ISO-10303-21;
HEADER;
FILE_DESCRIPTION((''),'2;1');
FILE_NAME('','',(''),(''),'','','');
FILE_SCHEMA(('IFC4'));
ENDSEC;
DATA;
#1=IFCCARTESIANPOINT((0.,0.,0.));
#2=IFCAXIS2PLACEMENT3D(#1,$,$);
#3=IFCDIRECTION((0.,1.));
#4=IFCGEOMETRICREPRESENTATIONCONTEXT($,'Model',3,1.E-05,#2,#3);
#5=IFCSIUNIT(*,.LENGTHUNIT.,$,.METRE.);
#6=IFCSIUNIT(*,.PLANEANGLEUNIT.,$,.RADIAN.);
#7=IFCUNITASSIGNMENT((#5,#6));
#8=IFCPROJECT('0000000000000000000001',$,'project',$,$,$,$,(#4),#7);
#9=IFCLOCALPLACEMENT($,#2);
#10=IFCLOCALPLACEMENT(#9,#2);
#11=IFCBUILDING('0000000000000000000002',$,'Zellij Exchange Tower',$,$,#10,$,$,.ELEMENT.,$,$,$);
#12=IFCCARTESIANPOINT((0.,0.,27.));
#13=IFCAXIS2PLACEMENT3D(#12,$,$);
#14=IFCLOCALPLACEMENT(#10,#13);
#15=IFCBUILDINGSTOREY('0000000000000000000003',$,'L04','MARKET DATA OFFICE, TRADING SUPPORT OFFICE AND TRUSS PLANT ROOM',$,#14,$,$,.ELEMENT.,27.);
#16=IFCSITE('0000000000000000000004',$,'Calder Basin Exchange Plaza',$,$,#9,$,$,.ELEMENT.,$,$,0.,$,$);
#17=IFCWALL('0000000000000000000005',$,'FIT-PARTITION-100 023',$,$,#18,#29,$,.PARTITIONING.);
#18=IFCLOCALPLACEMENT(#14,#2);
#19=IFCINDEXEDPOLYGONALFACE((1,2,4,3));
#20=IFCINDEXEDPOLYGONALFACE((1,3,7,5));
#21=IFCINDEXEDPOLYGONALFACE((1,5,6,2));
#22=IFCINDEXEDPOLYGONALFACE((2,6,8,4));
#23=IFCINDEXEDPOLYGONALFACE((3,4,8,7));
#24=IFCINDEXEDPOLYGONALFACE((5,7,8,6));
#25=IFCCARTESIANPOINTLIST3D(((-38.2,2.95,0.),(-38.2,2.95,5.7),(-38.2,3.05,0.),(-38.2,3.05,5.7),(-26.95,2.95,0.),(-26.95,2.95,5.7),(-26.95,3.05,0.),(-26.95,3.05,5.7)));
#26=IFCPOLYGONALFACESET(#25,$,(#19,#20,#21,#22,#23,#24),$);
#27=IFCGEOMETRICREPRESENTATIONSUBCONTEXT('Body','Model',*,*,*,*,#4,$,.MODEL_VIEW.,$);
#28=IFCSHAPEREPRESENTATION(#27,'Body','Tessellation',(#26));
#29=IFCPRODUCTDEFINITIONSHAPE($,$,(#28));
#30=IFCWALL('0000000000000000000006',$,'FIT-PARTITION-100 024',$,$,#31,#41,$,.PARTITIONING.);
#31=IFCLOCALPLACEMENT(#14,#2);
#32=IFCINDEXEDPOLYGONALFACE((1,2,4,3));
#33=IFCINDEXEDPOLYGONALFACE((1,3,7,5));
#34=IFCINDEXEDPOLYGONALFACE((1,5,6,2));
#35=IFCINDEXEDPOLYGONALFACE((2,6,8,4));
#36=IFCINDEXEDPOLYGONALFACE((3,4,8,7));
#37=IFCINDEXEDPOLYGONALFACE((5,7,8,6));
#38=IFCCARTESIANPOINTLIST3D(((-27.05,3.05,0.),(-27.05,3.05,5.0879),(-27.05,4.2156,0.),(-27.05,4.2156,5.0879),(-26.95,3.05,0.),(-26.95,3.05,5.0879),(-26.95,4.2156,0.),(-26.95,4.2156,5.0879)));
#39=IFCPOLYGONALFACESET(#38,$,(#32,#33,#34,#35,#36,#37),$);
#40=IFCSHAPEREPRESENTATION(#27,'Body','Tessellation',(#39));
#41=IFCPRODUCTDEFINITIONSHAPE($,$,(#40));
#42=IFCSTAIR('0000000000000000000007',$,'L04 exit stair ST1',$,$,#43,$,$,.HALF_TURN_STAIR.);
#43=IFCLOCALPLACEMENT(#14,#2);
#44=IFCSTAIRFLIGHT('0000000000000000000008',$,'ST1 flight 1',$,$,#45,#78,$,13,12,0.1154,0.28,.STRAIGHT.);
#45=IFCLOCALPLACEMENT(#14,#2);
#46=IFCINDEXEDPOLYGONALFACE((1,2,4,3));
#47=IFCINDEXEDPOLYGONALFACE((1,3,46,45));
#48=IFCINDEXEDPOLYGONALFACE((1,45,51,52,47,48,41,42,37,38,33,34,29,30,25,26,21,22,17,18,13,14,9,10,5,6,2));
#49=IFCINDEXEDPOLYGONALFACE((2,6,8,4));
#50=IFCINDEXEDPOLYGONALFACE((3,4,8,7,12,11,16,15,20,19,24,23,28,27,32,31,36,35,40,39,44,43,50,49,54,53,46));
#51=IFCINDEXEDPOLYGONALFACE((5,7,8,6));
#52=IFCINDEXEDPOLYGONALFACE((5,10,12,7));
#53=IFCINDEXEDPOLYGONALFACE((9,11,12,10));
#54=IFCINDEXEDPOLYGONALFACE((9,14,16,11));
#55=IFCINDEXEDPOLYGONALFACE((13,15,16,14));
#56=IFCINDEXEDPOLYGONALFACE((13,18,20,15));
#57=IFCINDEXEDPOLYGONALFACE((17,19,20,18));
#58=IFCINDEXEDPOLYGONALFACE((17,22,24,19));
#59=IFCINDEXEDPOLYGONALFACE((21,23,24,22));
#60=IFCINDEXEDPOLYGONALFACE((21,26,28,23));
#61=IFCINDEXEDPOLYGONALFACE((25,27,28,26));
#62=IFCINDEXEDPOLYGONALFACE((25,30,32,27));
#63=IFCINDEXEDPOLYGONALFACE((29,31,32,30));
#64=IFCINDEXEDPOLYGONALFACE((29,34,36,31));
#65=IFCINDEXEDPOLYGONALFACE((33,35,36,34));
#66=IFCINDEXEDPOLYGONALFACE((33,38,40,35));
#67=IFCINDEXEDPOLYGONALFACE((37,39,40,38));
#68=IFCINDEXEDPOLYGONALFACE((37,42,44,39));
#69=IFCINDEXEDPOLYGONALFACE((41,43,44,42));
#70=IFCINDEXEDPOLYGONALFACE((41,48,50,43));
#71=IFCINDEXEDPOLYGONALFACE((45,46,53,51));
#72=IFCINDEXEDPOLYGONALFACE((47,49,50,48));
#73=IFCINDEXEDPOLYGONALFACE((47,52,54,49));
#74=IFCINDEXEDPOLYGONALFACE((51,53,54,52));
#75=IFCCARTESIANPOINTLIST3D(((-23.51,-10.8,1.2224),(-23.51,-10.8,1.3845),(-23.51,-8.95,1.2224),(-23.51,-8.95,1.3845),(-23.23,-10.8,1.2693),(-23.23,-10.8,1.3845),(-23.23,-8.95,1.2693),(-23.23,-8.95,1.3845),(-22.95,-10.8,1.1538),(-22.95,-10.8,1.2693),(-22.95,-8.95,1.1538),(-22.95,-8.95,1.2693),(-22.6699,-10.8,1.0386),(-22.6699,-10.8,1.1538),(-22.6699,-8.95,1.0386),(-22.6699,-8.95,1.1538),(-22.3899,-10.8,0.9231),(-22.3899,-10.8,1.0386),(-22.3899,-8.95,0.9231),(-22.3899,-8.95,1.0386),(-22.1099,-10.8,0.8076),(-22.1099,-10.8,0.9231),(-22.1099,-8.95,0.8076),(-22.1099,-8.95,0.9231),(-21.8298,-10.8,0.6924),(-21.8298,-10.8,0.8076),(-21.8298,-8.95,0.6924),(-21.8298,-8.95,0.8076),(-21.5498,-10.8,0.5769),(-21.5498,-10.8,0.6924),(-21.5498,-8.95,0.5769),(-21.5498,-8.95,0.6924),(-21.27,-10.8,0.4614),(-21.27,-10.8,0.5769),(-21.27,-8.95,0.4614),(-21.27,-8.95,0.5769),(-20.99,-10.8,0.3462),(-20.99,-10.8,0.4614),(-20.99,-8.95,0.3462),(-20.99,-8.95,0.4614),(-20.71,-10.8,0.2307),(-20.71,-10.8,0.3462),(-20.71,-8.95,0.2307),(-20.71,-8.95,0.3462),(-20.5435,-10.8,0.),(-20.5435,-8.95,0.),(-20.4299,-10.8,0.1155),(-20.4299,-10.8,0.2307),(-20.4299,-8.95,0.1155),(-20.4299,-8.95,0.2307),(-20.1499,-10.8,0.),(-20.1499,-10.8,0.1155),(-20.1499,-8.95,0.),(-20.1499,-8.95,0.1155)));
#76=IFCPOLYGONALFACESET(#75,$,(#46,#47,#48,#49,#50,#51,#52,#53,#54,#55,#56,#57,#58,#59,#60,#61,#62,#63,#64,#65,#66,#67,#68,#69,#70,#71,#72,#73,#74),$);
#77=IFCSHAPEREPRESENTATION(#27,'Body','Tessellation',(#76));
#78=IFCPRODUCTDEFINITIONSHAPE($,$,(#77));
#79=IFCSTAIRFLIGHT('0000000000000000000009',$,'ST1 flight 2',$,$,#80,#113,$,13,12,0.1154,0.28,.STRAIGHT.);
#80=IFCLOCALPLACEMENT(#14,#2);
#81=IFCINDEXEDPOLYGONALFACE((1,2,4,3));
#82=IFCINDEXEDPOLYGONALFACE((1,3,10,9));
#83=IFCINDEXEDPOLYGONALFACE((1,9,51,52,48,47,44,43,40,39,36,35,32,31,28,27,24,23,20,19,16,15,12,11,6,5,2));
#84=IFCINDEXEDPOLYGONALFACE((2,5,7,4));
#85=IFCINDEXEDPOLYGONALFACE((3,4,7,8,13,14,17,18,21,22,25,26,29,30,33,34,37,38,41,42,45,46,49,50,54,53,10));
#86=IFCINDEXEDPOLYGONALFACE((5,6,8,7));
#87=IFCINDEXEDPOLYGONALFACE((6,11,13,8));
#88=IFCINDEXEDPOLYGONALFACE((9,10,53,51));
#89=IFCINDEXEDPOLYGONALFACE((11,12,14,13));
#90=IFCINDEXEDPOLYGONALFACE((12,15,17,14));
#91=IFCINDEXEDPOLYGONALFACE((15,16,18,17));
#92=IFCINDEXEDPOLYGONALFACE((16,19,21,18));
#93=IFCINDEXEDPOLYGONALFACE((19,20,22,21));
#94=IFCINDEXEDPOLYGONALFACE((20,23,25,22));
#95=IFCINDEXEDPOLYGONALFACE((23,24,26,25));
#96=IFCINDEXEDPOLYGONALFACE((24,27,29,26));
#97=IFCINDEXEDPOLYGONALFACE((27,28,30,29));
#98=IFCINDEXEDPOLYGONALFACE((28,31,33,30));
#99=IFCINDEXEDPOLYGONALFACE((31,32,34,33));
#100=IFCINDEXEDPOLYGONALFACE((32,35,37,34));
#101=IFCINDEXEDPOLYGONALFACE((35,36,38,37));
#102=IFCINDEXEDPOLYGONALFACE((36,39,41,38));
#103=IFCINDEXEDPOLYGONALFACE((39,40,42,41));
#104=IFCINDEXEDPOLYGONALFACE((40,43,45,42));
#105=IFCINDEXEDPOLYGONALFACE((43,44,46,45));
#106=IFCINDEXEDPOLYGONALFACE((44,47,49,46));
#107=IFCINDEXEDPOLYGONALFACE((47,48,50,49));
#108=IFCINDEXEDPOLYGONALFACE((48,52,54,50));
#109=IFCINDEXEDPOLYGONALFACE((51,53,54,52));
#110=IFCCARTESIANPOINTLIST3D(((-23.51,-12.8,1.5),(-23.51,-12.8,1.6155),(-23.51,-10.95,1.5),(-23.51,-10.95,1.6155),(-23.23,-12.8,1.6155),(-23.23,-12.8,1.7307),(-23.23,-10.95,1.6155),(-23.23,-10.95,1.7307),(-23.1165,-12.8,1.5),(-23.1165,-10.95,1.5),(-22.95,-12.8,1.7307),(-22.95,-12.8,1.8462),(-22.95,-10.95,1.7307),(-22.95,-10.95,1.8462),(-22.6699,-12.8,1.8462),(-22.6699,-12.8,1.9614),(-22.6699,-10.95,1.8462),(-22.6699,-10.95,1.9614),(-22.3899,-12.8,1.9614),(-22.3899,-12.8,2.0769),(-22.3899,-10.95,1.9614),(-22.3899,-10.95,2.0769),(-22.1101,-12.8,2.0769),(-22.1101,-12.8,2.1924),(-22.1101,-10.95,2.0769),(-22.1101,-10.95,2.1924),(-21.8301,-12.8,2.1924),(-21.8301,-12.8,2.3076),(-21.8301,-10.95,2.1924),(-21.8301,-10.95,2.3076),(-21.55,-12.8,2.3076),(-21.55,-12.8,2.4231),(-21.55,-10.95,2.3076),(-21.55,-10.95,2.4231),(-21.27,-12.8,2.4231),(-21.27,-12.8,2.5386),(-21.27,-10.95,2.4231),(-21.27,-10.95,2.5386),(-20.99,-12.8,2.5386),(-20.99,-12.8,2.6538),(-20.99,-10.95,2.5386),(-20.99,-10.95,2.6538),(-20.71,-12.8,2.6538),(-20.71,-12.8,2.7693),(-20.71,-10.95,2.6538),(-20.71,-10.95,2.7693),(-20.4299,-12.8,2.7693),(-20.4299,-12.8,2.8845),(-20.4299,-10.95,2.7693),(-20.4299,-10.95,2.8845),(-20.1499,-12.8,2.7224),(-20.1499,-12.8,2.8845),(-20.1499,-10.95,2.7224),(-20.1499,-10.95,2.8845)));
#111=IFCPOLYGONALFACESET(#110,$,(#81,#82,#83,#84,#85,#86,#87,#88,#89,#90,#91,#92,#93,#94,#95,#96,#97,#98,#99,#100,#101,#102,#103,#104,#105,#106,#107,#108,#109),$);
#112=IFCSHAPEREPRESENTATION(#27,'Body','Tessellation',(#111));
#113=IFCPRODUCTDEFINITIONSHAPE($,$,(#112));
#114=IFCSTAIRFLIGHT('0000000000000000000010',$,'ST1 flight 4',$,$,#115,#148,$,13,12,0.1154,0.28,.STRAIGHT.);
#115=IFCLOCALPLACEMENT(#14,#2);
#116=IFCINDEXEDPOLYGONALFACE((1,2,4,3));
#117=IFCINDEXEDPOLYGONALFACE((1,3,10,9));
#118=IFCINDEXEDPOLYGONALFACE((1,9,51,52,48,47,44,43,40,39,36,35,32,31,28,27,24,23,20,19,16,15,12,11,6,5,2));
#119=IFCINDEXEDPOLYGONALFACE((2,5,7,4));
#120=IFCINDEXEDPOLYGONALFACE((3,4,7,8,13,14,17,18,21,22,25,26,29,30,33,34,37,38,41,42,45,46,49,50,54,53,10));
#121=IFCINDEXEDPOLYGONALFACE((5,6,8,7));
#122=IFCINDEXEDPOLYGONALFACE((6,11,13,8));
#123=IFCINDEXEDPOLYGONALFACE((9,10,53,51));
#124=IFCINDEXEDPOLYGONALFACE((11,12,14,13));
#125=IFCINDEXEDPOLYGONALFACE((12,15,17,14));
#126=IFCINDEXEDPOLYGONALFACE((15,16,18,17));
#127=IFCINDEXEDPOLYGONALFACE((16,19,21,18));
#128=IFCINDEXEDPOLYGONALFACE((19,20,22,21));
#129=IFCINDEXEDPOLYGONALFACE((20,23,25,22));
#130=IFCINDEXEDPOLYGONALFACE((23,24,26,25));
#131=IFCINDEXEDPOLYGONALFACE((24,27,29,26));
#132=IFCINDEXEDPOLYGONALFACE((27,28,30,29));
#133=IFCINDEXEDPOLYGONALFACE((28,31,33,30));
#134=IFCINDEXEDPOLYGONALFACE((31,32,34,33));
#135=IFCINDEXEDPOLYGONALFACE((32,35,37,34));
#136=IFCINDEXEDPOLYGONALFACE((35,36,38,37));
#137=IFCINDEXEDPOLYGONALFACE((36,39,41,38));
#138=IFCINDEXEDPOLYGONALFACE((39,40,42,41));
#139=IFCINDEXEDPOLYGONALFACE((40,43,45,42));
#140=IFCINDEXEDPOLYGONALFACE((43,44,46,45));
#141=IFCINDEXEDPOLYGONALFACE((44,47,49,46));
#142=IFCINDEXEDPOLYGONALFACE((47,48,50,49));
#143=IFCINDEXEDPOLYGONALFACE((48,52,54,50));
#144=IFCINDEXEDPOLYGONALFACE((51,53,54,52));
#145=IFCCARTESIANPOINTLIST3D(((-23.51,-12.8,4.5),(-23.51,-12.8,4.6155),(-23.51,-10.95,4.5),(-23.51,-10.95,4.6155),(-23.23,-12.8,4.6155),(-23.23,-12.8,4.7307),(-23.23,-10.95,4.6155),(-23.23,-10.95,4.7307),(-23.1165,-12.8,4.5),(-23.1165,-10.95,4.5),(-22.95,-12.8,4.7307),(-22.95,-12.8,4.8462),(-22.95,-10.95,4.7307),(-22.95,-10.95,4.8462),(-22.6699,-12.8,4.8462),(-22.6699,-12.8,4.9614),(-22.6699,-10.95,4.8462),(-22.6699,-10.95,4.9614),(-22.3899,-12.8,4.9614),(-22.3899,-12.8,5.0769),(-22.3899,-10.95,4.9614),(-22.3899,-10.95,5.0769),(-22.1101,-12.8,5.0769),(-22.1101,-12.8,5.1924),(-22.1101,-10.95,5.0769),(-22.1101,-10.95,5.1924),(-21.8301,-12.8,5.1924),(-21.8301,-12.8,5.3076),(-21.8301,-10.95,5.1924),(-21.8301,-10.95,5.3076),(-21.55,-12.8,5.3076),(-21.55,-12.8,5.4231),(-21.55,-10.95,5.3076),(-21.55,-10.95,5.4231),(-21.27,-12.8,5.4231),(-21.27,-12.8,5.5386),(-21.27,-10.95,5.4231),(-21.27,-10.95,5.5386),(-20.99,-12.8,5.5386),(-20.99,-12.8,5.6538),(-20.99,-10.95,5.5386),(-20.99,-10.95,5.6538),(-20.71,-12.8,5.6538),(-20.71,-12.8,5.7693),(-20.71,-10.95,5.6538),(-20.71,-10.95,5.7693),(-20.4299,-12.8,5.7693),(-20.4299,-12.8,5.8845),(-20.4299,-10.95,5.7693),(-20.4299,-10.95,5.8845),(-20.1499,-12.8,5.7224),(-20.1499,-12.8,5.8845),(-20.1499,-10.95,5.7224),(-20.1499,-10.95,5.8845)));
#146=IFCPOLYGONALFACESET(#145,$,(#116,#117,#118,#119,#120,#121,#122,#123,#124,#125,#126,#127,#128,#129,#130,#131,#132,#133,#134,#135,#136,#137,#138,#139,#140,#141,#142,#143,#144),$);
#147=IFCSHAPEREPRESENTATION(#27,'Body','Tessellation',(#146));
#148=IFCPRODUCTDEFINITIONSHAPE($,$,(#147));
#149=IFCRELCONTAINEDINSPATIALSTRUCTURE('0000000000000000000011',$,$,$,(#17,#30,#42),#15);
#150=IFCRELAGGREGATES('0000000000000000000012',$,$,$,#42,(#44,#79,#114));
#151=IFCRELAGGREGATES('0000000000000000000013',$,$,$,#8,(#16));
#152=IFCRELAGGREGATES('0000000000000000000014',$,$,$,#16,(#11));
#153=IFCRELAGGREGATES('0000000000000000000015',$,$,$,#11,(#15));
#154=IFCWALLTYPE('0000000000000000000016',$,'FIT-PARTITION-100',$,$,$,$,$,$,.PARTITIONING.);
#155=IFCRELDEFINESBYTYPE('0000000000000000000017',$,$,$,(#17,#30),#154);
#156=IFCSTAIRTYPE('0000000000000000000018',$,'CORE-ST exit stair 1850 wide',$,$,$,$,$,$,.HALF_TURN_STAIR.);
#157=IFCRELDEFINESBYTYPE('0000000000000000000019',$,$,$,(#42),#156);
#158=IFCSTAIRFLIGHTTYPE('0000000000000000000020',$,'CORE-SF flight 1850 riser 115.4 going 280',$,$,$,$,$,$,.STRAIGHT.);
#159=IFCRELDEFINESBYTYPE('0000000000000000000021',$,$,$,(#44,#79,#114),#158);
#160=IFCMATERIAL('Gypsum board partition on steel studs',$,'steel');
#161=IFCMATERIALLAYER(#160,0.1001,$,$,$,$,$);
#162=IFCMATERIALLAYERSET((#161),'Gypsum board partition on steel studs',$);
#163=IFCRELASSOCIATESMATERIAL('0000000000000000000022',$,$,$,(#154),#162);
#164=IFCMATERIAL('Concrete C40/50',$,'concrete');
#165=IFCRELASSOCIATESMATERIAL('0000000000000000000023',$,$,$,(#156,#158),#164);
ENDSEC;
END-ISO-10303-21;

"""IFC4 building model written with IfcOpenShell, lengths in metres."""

from ifc_helpers import new_model, si_unit, direction, frame, frame_2d, origin, place, context, subcontext, project, spatial, polyline, rectangle, outline, extrude, material, layer, layer_set, type_object, element, aggregate, save


model = new_model("IFC4")

# Units and contexts
model_context = context("Model", 3, precision=1e-05, world=origin(), true_north=direction((0.0, 1.0)))
body_context = subcontext(model_context, "Body", "Model", "MODEL_VIEW")
ifc_project = project(units=[si_unit("LENGTHUNIT", "METRE"), si_unit("PLANEANGLEUNIT", "RADIAN")], contexts=[model_context])

# Site, building, storey
site_placement = place(None, origin())
site = spatial("IfcSite", under=ifc_project, at=site_placement, Name="Calder Basin Exchange Plaza", CompositionType="ELEMENT", RefElevation=0.0)
building_placement = place(site_placement, origin())
building = spatial("IfcBuilding", under=site, at=building_placement, Name="Zellij Exchange Tower", CompositionType="ELEMENT")
storey_placement = place(building_placement, frame((0.0, 0.0, 27.0)))
storey = spatial("IfcBuildingStorey", under=building, at=storey_placement, Name="L04", Description="MARKET DATA OFFICE, TRADING SUPPORT OFFICE AND TRUSS PLANT ROOM", CompositionType="ELEMENT", Elevation=27.0)

# Shared definitions
ifc_material_1 = material(Name="Gypsum board partition on steel studs", Category="steel")
ifc_layer_1 = layer(ifc_material_1, 0.1001)
ifc_layer_set_1 = layer_set([ifc_layer_1], Name="Gypsum board partition on steel studs")
wall_type_1 = type_object("IfcWallType", Name="FIT-PARTITION-100", PredefinedType="PARTITIONING", material=ifc_layer_set_1)

# Walls
wall_1_placement = place(storey_placement, frame((-38.2, 3.0, 0.0), z_axis=(0.0, 0.0, 1.0), x_axis=(1.0, 0.0, 0.0)))
element("IfcWall", 1, at=wall_1_placement, inside=storey, type_object=wall_type_1, Name="FIT-PARTITION-100 023", PredefinedType="PARTITIONING", context=body_context, shape_type="SweptSolid", body=[
    extrude(rectangle(XDim=11.25, YDim=0.1001, at=frame_2d((5.625, 0.0))), origin(), (0.0, 0.0, 1.0), 5.7),
])
wall_2_placement = place(storey_placement, frame((-27.0, 3.05, 0.0), z_axis=(0.0, 0.0, 1.0), x_axis=(0.0, 1.0, 0.0)))
element("IfcWall", 2, at=wall_2_placement, inside=storey, type_object=wall_type_1, Name="FIT-PARTITION-100 024", PredefinedType="PARTITIONING", context=body_context, shape_type="SweptSolid", body=[
    extrude(rectangle(XDim=1.1655, YDim=0.1001, at=frame_2d((0.5828, 0.0))), origin(), (0.0, 0.0, 1.0), 5.0879),
])

# Stair, stair flights
ifc_material_2 = material(Name="Concrete C40/50", Category="concrete")
stair_type = type_object("IfcStairType", Name="CORE-ST exit stair 1850 wide", PredefinedType="HALF_TURN_STAIR", material=ifc_material_2)
stair_placement = place(storey_placement, origin())
stair = element("IfcStair", 3, at=stair_placement, inside=storey, type_object=stair_type, Name="L04 exit stair ST1", PredefinedType="HALF_TURN_STAIR")
stair_flight_type = type_object("IfcStairFlightType", Name="CORE-SF flight 1850 riser 115.4 going 280", PredefinedType="STRAIGHT", material=ifc_material_2)
stair_flight_1_placement = place(storey_placement, frame((-20.1499, -9.875, 0.0), z_axis=(0.0, 0.0, 1.0), x_axis=(-1.0, 0.0, 0.0)))
stair_flight_1 = element("IfcStairFlight", 4, at=stair_flight_1_placement, type_object=stair_flight_type, Name="ST1 flight 1", NumberOfRisers=13, NumberOfTreads=12, PredefinedType="STRAIGHT", RiserHeight=0.1154, TreadLength=0.28, context=body_context, shape_type="SweptSolid", body=[
    extrude(outline(polyline([(0.0, 0.0), (0.0, 0.1155), (0.28, 0.1155), (0.28, 0.2307), (0.5601, 0.2307), (0.5601, 0.3462), (0.8401, 0.3462), (0.8401, 0.4614), (1.1201, 0.4614), (1.1201, 0.5769), (1.3999, 0.5769), (1.3999, 0.6924), (1.6799, 0.6924), (1.6799, 0.8076), (1.96, 0.8076), (1.96, 0.9231), (2.24, 0.9231), (2.24, 1.0386), (2.52, 1.0386), (2.52, 1.1538), (2.8, 1.1538), (2.8, 1.2693), (3.0801, 1.2693), (3.0801, 1.3845), (3.3601, 1.3845), (3.3601, 1.5), (3.3601, 1.2224), (0.3936, 0.0), (0.0, 0.0)])), frame((0.0, 0.925, 0.0), z_axis=(0.0, -1.0, 0.0), x_axis=(1.0, 0.0, 0.0)), (0.0, 0.0, 1.0), 1.8501),
])
stair_flight_2_placement = place(storey_placement, frame((-23.51, -11.875, 1.5), z_axis=(0.0, 0.0, 1.0), x_axis=(1.0, 0.0, 0.0)))
stair_flight_2 = element("IfcStairFlight", 5, at=stair_flight_2_placement, type_object=stair_flight_type, Name="ST1 flight 2", NumberOfRisers=13, NumberOfTreads=12, PredefinedType="STRAIGHT", RiserHeight=0.1154, TreadLength=0.28, context=body_context, shape_type="SweptSolid", body=[
    extrude(outline(polyline([(0.0, 0.0), (0.0, 0.1155), (0.28, 0.1155), (0.28, 0.2307), (0.5601, 0.2307), (0.5601, 0.3462), (0.8401, 0.3462), (0.8401, 0.4614), (1.1201, 0.4614), (1.1201, 0.5769), (1.3999, 0.5769), (1.3999, 0.6924), (1.6799, 0.6924), (1.6799, 0.8076), (1.96, 0.8076), (1.96, 0.9231), (2.24, 0.9231), (2.24, 1.0386), (2.52, 1.0386), (2.52, 1.1538), (2.8, 1.1538), (2.8, 1.2693), (3.0801, 1.2693), (3.0801, 1.3845), (3.3601, 1.3845), (3.3601, 1.5), (3.3601, 1.2224), (0.3936, 0.0), (0.0, 0.0)])), frame((0.0, 0.925, 0.0), z_axis=(0.0, -1.0, 0.0), x_axis=(1.0, 0.0, 0.0)), (0.0, 0.0, 1.0), 1.8501),
])
stair_flight_3_placement = place(storey_placement, frame((-23.51, -11.875, 4.5), z_axis=(0.0, 0.0, 1.0), x_axis=(1.0, 0.0, 0.0)))
stair_flight_3 = element("IfcStairFlight", 6, at=stair_flight_3_placement, type_object=stair_flight_type, Name="ST1 flight 4", NumberOfRisers=13, NumberOfTreads=12, PredefinedType="STRAIGHT", RiserHeight=0.1154, TreadLength=0.28, context=body_context, shape_type="SweptSolid", body=[
    extrude(outline(polyline([(0.0, 0.0), (0.0, 0.1155), (0.28, 0.1155), (0.28, 0.2307), (0.5601, 0.2307), (0.5601, 0.3462), (0.8401, 0.3462), (0.8401, 0.4614), (1.1201, 0.4614), (1.1201, 0.5769), (1.3999, 0.5769), (1.3999, 0.6924), (1.6799, 0.6924), (1.6799, 0.8076), (1.96, 0.8076), (1.96, 0.9231), (2.24, 0.9231), (2.24, 1.0386), (2.52, 1.0386), (2.52, 1.1538), (2.8, 1.1538), (2.8, 1.2693), (3.0801, 1.2693), (3.0801, 1.3845), (3.3601, 1.3845), (3.3601, 1.5), (3.3601, 1.2224), (0.3936, 0.0), (0.0, 0.0)])), frame((0.0, 0.925, 0.0), z_axis=(0.0, -1.0, 0.0), x_axis=(1.0, 0.0, 0.0)), (0.0, 0.0, 1.0), 1.8501),
])
aggregate(stair, [stair_flight_1, stair_flight_2, stair_flight_3])

save(model, "model.ifc")
